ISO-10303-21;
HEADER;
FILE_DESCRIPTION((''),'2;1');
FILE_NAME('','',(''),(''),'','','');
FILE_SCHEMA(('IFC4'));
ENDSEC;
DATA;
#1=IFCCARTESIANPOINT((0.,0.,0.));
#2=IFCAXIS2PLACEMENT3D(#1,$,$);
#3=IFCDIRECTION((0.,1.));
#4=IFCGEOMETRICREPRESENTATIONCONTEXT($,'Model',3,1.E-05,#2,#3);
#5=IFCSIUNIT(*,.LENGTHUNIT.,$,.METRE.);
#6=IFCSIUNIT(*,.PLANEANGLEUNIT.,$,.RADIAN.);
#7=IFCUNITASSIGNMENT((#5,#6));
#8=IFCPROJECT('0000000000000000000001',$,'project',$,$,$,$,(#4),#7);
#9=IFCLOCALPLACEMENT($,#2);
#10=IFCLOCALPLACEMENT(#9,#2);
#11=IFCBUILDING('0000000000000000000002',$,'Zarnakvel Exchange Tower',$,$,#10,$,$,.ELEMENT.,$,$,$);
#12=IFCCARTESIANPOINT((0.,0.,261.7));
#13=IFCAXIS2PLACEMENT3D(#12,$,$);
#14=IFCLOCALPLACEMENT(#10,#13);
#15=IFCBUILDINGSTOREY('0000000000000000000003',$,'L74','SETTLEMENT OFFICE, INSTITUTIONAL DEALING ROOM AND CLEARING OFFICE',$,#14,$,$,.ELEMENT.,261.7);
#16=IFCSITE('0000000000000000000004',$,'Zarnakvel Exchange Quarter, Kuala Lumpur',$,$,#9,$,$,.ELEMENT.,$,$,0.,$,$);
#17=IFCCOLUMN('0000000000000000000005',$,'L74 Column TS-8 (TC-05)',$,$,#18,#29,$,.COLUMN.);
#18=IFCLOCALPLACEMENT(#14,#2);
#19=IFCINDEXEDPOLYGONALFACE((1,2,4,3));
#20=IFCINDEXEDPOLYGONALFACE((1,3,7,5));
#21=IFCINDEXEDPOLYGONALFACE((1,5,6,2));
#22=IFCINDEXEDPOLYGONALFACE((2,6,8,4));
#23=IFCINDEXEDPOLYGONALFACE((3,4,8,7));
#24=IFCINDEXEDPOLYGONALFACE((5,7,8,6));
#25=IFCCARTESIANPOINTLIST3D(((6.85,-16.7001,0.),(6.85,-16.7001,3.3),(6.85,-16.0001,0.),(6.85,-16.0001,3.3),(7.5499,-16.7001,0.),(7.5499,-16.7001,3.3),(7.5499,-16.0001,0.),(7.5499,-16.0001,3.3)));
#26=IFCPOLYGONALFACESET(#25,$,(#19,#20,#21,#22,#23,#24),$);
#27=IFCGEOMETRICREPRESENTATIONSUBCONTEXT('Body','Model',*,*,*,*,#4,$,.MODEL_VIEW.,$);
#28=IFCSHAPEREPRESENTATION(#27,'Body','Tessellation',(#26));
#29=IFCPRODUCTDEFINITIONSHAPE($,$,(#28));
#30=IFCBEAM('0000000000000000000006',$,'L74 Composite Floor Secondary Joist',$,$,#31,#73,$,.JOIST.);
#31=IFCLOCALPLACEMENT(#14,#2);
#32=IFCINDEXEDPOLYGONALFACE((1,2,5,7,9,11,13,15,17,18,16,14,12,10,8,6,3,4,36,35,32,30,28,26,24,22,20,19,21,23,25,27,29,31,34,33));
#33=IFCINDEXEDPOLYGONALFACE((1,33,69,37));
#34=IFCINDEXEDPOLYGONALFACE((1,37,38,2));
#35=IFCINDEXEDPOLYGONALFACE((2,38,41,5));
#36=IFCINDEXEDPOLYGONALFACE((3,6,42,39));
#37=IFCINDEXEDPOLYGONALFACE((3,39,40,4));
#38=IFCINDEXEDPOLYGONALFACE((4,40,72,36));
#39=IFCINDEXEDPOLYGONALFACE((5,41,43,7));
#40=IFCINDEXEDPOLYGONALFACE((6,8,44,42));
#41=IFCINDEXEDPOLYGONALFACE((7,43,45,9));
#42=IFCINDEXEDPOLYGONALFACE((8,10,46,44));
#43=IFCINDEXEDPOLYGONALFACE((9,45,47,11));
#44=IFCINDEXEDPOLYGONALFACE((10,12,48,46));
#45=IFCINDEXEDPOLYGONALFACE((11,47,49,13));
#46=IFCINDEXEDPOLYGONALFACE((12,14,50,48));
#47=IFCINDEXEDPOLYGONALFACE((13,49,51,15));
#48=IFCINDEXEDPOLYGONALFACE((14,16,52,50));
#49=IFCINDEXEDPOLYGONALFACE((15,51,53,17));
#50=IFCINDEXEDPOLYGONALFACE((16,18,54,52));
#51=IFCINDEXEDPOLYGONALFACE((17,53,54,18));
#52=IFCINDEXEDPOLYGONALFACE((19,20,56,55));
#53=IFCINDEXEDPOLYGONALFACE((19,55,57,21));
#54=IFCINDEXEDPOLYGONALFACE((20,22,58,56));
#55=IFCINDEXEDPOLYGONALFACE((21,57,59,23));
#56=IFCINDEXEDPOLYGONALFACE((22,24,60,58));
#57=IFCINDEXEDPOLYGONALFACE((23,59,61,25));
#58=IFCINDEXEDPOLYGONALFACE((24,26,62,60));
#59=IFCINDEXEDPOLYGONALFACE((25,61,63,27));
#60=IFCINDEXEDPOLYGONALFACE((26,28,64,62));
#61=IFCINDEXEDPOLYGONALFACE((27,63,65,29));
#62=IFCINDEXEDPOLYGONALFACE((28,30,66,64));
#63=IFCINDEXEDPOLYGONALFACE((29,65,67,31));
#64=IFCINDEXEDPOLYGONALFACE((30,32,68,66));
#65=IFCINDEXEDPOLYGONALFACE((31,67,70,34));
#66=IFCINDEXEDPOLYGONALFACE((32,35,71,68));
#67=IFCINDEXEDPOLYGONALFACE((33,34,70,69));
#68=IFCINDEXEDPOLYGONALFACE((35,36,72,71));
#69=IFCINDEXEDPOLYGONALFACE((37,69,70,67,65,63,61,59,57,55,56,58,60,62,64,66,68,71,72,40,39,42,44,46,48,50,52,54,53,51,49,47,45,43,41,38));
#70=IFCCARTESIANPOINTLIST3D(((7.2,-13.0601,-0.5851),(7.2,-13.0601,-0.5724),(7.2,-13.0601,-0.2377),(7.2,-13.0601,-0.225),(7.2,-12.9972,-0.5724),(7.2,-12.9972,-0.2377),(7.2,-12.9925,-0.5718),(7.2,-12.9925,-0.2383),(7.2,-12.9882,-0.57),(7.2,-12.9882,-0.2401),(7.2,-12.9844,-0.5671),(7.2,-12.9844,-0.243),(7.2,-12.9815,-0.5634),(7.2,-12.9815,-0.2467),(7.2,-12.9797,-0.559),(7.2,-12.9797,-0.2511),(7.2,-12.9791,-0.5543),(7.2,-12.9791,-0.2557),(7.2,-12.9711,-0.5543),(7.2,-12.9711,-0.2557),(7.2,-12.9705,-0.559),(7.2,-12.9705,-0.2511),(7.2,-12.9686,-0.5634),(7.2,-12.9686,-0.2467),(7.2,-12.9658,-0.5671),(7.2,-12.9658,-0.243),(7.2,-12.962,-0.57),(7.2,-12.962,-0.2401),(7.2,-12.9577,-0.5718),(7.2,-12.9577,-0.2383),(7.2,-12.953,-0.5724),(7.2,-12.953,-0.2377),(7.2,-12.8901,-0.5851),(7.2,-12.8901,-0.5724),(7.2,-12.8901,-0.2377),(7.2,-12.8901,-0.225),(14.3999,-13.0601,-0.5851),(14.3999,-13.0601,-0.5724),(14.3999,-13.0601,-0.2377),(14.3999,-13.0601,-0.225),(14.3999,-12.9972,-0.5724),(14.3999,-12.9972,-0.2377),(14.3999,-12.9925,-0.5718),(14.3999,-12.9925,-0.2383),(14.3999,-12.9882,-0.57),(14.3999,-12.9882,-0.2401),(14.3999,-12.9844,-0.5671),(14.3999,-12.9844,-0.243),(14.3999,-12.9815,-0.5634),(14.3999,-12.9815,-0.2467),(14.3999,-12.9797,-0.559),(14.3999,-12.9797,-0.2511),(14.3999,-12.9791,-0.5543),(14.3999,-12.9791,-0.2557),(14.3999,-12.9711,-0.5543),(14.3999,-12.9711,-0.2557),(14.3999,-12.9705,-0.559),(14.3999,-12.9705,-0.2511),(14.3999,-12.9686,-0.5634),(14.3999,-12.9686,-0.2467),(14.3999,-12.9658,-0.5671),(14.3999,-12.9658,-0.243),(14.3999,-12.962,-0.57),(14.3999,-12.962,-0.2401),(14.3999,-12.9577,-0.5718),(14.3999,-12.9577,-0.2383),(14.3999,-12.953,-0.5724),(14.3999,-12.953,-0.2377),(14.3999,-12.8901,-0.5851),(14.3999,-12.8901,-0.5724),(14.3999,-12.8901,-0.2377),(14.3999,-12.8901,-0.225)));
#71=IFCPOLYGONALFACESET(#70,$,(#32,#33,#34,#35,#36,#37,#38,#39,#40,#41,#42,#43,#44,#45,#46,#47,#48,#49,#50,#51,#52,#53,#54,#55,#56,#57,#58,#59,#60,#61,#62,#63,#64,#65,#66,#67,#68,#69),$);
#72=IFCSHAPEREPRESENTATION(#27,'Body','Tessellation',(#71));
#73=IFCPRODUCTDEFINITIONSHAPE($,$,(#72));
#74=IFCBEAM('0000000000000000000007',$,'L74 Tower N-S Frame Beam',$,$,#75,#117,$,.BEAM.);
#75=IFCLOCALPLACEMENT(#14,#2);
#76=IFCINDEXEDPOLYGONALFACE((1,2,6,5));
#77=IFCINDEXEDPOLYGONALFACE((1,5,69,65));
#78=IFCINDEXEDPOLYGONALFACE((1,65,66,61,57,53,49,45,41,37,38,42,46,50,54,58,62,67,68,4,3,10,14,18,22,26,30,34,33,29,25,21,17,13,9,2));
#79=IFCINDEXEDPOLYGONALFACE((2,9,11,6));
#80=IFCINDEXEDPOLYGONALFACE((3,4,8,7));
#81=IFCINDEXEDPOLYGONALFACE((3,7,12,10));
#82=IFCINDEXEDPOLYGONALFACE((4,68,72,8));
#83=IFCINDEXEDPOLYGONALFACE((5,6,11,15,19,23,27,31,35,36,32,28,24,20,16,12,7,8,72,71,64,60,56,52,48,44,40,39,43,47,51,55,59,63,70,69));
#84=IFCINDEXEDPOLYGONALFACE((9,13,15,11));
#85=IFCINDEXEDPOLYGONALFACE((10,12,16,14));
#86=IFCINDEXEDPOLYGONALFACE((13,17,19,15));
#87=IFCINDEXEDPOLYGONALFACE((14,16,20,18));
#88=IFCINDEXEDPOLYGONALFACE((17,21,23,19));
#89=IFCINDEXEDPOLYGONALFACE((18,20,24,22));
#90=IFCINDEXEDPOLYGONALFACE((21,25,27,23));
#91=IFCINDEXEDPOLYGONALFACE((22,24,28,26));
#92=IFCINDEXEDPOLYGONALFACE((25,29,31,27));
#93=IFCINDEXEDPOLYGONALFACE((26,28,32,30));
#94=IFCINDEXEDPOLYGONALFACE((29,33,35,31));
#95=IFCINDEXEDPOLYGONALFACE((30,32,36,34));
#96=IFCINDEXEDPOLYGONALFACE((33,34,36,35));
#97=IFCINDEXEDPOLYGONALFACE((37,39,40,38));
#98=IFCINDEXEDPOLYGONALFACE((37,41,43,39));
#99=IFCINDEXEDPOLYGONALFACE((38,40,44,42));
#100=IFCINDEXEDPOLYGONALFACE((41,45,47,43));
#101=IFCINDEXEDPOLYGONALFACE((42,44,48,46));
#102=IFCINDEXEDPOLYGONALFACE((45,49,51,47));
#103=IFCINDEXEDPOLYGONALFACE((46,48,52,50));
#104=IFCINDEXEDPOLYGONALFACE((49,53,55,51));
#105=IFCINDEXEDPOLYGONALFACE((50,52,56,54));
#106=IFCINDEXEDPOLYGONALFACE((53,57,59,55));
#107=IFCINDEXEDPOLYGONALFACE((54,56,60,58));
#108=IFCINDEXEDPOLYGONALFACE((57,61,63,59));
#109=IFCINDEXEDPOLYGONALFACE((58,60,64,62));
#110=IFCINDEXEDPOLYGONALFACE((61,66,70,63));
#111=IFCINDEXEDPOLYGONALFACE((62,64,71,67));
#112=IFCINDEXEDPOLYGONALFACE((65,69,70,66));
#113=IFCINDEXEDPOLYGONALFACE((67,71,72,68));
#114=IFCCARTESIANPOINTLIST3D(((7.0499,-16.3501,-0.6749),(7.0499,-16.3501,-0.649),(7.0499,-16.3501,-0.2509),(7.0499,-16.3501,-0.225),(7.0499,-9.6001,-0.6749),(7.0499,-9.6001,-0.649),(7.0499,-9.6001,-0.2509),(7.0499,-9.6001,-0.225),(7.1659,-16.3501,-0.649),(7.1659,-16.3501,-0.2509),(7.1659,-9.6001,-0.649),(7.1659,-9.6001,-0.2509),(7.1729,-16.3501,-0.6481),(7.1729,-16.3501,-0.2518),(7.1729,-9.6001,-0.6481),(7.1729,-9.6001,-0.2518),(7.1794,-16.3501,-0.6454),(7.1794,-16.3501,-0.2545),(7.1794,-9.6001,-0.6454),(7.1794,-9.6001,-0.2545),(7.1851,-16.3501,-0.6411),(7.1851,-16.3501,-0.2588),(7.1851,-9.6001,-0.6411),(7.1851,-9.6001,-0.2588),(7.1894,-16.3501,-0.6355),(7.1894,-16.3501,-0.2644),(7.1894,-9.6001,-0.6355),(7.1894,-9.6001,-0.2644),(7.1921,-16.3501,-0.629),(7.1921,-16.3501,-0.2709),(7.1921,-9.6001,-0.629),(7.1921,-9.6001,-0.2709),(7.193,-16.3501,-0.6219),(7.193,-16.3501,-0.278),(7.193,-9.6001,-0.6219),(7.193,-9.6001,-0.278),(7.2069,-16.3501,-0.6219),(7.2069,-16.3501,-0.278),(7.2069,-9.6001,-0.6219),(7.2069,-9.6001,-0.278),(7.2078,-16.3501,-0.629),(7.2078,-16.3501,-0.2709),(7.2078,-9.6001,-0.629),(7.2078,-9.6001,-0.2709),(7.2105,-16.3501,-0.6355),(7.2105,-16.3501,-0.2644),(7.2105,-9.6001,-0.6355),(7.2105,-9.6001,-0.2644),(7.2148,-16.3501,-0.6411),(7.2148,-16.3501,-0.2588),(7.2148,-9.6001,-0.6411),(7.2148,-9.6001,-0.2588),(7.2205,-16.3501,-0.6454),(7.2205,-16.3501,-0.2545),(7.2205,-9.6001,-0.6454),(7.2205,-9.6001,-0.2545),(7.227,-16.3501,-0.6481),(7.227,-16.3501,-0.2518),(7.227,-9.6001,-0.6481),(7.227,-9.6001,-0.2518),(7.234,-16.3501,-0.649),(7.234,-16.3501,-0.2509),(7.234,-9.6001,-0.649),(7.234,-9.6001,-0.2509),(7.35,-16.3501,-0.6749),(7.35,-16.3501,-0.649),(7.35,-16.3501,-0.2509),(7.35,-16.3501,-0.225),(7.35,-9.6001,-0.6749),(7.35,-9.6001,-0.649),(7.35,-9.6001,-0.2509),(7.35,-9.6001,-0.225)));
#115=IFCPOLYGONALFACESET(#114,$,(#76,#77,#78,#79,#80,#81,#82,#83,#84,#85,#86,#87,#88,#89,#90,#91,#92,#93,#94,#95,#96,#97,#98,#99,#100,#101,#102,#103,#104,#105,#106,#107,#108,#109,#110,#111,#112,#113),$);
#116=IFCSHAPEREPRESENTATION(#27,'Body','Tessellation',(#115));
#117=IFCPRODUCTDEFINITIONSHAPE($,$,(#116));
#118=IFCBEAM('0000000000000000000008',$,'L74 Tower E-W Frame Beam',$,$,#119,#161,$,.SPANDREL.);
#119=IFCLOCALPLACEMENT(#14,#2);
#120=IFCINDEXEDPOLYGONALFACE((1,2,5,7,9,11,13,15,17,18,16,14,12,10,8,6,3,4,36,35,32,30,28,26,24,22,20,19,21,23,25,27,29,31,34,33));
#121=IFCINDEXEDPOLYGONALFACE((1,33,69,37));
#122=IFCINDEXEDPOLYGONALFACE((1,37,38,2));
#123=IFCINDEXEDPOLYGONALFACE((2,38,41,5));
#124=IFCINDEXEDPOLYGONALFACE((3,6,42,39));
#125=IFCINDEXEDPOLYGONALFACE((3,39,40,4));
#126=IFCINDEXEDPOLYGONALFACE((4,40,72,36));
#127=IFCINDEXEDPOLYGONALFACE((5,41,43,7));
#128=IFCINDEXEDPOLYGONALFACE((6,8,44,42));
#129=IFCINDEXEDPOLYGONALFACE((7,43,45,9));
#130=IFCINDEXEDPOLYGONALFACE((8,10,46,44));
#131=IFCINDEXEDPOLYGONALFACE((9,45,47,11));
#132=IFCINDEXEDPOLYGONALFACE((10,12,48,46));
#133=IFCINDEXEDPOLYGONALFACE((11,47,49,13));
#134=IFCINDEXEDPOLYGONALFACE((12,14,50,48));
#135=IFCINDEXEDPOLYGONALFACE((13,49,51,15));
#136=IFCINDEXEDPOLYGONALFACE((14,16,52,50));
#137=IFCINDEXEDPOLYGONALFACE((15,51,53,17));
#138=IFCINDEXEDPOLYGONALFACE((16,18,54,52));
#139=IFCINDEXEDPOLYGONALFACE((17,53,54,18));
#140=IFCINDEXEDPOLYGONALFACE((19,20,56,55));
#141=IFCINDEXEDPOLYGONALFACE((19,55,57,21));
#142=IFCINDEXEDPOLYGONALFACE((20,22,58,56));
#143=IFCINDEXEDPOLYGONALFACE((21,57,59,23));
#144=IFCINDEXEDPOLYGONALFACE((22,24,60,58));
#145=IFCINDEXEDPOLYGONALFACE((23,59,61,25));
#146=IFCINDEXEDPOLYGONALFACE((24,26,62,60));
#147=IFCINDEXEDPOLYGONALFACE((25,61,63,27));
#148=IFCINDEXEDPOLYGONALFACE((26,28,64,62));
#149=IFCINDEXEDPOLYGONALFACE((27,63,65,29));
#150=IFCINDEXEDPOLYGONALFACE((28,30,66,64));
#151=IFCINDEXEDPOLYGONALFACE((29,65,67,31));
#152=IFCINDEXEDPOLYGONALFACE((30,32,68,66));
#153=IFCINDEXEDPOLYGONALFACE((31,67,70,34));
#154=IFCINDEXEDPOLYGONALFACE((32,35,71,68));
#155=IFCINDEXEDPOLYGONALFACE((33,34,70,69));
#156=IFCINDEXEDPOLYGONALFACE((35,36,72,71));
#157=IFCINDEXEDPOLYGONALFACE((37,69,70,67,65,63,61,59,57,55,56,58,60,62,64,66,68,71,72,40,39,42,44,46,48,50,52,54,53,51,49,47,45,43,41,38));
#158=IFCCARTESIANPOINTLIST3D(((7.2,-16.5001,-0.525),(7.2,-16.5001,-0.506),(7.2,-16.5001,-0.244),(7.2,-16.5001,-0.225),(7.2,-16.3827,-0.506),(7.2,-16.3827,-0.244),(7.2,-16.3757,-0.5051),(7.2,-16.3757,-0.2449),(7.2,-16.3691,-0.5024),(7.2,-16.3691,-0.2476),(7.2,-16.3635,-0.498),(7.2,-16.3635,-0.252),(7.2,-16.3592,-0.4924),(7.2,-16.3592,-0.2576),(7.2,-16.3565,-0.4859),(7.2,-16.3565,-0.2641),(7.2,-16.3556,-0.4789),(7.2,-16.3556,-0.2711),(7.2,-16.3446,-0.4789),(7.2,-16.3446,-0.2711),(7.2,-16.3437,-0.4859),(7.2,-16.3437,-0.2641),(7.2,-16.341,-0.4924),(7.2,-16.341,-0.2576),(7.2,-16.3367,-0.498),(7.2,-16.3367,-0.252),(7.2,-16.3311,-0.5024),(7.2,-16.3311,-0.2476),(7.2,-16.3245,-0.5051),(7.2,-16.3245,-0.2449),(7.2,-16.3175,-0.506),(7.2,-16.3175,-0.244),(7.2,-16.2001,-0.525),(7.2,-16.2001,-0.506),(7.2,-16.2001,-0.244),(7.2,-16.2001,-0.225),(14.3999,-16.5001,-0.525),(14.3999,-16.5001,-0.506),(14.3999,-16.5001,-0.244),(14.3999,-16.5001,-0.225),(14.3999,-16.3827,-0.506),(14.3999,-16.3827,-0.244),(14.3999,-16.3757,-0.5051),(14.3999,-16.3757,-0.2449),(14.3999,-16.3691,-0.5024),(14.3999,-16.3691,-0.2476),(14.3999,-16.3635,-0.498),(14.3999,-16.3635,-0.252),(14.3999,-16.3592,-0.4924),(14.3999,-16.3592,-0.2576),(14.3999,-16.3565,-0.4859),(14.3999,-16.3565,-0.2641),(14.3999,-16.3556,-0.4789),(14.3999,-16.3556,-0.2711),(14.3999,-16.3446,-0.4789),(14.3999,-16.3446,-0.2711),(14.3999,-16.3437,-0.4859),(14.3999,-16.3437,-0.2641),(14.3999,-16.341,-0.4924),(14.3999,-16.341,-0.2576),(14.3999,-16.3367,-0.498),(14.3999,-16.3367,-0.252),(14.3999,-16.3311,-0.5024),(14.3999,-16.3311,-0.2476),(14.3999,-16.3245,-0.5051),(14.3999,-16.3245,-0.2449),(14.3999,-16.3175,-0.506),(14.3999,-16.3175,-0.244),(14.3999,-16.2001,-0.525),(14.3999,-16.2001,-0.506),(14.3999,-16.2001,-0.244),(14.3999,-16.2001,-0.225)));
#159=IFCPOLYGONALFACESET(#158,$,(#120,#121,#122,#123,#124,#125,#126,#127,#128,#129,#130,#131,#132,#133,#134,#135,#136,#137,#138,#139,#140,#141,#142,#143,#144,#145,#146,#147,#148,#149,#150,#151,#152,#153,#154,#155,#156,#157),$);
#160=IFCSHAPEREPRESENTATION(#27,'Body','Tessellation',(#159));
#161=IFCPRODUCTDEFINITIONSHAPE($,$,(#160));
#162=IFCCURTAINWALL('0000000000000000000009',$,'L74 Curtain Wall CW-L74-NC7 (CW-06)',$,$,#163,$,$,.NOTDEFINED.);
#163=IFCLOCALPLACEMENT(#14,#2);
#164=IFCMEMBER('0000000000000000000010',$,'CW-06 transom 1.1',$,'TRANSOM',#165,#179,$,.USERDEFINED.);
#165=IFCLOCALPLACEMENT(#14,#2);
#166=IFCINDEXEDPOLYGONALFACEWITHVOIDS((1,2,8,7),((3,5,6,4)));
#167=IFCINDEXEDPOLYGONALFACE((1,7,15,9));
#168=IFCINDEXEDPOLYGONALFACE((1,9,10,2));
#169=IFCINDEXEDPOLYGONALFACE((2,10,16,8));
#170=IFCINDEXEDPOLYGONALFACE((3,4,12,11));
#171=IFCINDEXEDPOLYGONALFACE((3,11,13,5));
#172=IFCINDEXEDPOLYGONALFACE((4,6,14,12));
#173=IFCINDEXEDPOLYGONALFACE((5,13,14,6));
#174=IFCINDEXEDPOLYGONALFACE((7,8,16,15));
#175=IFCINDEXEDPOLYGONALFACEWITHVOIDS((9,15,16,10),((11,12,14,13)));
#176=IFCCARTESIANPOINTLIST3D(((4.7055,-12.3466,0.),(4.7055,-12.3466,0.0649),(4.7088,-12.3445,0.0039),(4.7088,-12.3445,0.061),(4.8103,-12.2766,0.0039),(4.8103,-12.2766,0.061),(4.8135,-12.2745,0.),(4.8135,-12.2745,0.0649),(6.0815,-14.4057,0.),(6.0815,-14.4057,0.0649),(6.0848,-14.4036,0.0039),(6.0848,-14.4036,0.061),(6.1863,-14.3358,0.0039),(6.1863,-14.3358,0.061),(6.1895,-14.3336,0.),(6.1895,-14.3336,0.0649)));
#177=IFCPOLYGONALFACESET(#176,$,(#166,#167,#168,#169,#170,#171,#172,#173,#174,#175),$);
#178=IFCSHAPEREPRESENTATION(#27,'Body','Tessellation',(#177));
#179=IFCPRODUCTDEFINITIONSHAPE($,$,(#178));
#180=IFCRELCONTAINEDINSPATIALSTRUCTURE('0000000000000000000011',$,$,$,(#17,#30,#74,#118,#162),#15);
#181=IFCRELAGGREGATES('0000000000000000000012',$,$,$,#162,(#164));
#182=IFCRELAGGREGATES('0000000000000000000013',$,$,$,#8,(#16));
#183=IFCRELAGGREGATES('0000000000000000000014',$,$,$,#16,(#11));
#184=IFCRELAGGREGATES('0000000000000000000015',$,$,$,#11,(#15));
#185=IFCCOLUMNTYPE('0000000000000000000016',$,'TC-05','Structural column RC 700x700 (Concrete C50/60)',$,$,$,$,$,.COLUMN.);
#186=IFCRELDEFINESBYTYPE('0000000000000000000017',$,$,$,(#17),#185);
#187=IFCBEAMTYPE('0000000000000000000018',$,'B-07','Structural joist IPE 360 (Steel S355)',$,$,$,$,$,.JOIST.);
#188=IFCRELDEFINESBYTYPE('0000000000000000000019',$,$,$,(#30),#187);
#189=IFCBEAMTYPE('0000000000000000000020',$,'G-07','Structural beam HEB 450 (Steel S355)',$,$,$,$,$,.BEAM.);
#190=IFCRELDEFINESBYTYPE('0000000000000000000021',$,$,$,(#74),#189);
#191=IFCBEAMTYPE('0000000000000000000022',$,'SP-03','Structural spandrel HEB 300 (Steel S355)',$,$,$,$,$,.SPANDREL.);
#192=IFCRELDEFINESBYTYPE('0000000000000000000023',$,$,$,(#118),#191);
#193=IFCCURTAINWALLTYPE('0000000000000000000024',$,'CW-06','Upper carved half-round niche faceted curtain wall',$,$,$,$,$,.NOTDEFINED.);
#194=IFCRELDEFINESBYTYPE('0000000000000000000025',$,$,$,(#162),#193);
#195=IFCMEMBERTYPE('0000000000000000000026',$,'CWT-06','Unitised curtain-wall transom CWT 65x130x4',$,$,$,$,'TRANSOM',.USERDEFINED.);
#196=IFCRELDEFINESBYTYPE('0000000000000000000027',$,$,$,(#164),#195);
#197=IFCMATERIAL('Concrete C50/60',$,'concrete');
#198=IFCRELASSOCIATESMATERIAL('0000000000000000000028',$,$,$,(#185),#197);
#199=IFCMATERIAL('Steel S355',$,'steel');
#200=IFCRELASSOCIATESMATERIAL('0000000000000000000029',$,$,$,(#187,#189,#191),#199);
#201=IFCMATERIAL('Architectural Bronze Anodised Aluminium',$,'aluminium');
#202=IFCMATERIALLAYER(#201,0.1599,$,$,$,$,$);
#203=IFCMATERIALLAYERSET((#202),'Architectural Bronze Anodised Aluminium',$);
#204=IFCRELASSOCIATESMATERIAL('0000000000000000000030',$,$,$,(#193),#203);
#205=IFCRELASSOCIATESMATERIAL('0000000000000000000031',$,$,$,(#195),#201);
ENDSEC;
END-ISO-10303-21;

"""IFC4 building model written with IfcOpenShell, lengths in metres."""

from ifc_helpers import new_model, si_unit, direction, frame, origin, origin_2d, place, context, subcontext, project, spatial, rectangle, hollow_rectangle, i_section, extrude, source, transform, mapped, material, layer, layer_set, material_profile, profile_set, type_object, element, aggregate, save


model = new_model("IFC4")

# Units and contexts
model_context = context("Model", 3, precision=1e-05, world=origin(), true_north=direction((0.0, 1.0)))
body_context = subcontext(model_context, "Body", "Model", "MODEL_VIEW")
ifc_project = project(units=[si_unit("LENGTHUNIT", "METRE"), si_unit("PLANEANGLEUNIT", "RADIAN")], contexts=[model_context])

# Site, building, storey
site_placement = place(None, origin())
site = spatial("IfcSite", under=ifc_project, at=site_placement, Name="Zarnakvel Exchange Quarter, Kuala Lumpur", CompositionType="ELEMENT", RefElevation=0.0)
building_placement = place(site_placement, origin())
building = spatial("IfcBuilding", under=site, at=building_placement, Name="Zarnakvel Exchange Tower", CompositionType="ELEMENT")
storey_placement = place(building_placement, frame((0.0, 0.0, 261.7)))
storey = spatial("IfcBuildingStorey", under=building, at=storey_placement, Name="L74", Description="SETTLEMENT OFFICE, INSTITUTIONAL DEALING ROOM AND CLEARING OFFICE", CompositionType="ELEMENT", Elevation=261.7)

# Column
ifc_material_1 = material(Name="Concrete C50/60", Category="concrete")
ifc_material_profile_1 = material_profile(ifc_material_1, rectangle(XDim=0.7, YDim=0.7, at=origin_2d()))
ifc_profile_set_1 = profile_set([ifc_material_profile_1], Name="Concrete C50/60")
column_type = type_object("IfcColumnType", Name="TC-05", Description="Structural column RC 700x700 (Concrete C50/60)", PredefinedType="COLUMN", material=ifc_profile_set_1)
column_placement = place(storey_placement, frame((7.2, -16.3501, 0.0), z_axis=(0.0, 0.0, 1.0), x_axis=(1.0, 0.0, 0.0)))
element("IfcColumn", 1, at=column_placement, inside=storey, type_object=column_type, Name="L74 Column TS-8 (TC-05)", PredefinedType="COLUMN", context=body_context, shape_type="SweptSolid", body=[
    extrude(rectangle(XDim=0.7, YDim=0.7, at=origin_2d()), origin(), (0.0, 0.0, 1.0), 3.3),
])

# Beams
ifc_material_2 = material(Name="Steel S355", Category="steel")
ifc_material_profile_2 = material_profile(ifc_material_2, i_section(OverallWidth=0.1699, OverallDepth=0.3601, WebThickness=0.0081, FlangeThickness=0.0127, FilletRadius=0.0181, at=origin_2d()))
ifc_profile_set_2 = profile_set([ifc_material_profile_2], Name="Steel S355")
beam_type_1 = type_object("IfcBeamType", Name="B-07", Description="Structural joist IPE 360 (Steel S355)", PredefinedType="JOIST", material=ifc_profile_set_2)
beam_1_placement = place(storey_placement, frame((7.2, -12.9751, -0.405), z_axis=(1.0, 0.0, 0.0), x_axis=(0.0, 1.0, 0.0)))
element("IfcBeam", 2, at=beam_1_placement, inside=storey, type_object=beam_type_1, Name="L74 Composite Floor Secondary Joist", PredefinedType="JOIST", context=body_context, shape_type="SweptSolid", body=[
    extrude(i_section(OverallWidth=0.1699, OverallDepth=0.3601, WebThickness=0.0081, FlangeThickness=0.0127, FilletRadius=0.0181, at=origin_2d()), origin(), (0.0, 0.0, 1.0), 7.2),
])
ifc_material_profile_3 = material_profile(ifc_material_2, i_section(OverallWidth=0.3, OverallDepth=0.45, WebThickness=0.0139, FlangeThickness=0.0259, FilletRadius=0.0271, at=origin_2d()))
ifc_profile_set_3 = profile_set([ifc_material_profile_3], Name="Steel S355")
beam_type_2 = type_object("IfcBeamType", Name="G-07", Description="Structural beam HEB 450 (Steel S355)", PredefinedType="BEAM", material=ifc_profile_set_3)
beam_2_placement = place(storey_placement, frame((7.2, -16.3501, -0.45), z_axis=(0.0, 1.0, 0.0), x_axis=(-1.0, 0.0, 0.0)))
element("IfcBeam", 3, at=beam_2_placement, inside=storey, type_object=beam_type_2, Name="L74 Tower N-S Frame Beam", PredefinedType="BEAM", context=body_context, shape_type="SweptSolid", body=[
    extrude(i_section(OverallWidth=0.3, OverallDepth=0.45, WebThickness=0.0139, FlangeThickness=0.0259, FilletRadius=0.0271, at=origin_2d()), origin(), (0.0, 0.0, 1.0), 6.75),
])
ifc_material_profile_4 = material_profile(ifc_material_2, i_section(OverallWidth=0.3, OverallDepth=0.3, WebThickness=0.011, FlangeThickness=0.019, FilletRadius=0.0271, at=origin_2d()))
ifc_profile_set_4 = profile_set([ifc_material_profile_4], Name="Steel S355")
beam_type_3 = type_object("IfcBeamType", Name="SP-03", Description="Structural spandrel HEB 300 (Steel S355)", PredefinedType="SPANDREL", material=ifc_profile_set_4)
beam_3_placement = place(storey_placement, frame((7.2, -16.3501, -0.375), z_axis=(1.0, 0.0, 0.0), x_axis=(0.0, 1.0, 0.0)))
element("IfcBeam", 4, at=beam_3_placement, inside=storey, type_object=beam_type_3, Name="L74 Tower E-W Frame Beam", PredefinedType="SPANDREL", context=body_context, shape_type="SweptSolid", body=[
    extrude(i_section(OverallWidth=0.3, OverallDepth=0.3, WebThickness=0.011, FlangeThickness=0.019, FilletRadius=0.0271, at=origin_2d()), origin(), (0.0, 0.0, 1.0), 7.2),
])

# Curtain wall, member
ifc_material_3 = material(Name="Architectural Bronze Anodised Aluminium", Category="aluminium")
ifc_layer_1 = layer(ifc_material_3, 0.1599)
ifc_layer_set_1 = layer_set([ifc_layer_1], Name="Architectural Bronze Anodised Aluminium")
curtain_wall_type = type_object("IfcCurtainWallType", Name="CW-06", Description="Upper carved half-round niche faceted curtain wall", PredefinedType="NOTDEFINED", material=ifc_layer_set_1)
curtain_wall_1_placement = place(storey_placement, origin())
curtain_wall_1 = element("IfcCurtainWall", 5, at=curtain_wall_1_placement, inside=storey, type_object=curtain_wall_type, Name="L74 Curtain Wall CW-L74-NC7 (CW-06)", PredefinedType="NOTDEFINED")
ifc_material_profile_5 = material_profile(ifc_material_3, hollow_rectangle(XDim=0.1299, YDim=0.0649, WallThickness=0.0039, at=origin_2d()))
ifc_profile_set_5 = profile_set([ifc_material_profile_5], Name="Architectural Bronze Anodised Aluminium")
member_type_1 = type_object("IfcMemberType", Name="CWT-06", Description="Unitised curtain-wall transom CWT 65x130x4", ElementType="TRANSOM", PredefinedType="USERDEFINED", material=ifc_profile_set_5)
shared_shape_1 = source(origin(), body_context, "Body", "SweptSolid", [
    extrude(hollow_rectangle(XDim=0.1299, YDim=0.0649, WallThickness=0.0039, at=origin_2d()), origin(), (0.0, 0.0, 1.0), 2.4766),
])
member_1_placement = place(storey_placement, frame((4.7595, -12.3105, 0.0325), z_axis=(0.55561, -0.831443, 0.0), x_axis=(0.831443, 0.55561, 0.0)))
member_1 = element("IfcMember", 6, at=member_1_placement, type_object=member_type_1, Name="CW-06 transom 1.1", ObjectType="TRANSOM", PredefinedType="USERDEFINED", context=body_context, shape_type="MappedRepresentation", body=[
    mapped(shared_shape_1, transform((0.0, 0.0, 0.0), x_axis=(1.0, 0.0, 0.0), y_axis=(0.0, 1.0, 0.0), z_axis=(0.0, 0.0, 1.0), scale=1.0)),
])

aggregate(curtain_wall_1, [member_1])

save(model, "model.ifc")
